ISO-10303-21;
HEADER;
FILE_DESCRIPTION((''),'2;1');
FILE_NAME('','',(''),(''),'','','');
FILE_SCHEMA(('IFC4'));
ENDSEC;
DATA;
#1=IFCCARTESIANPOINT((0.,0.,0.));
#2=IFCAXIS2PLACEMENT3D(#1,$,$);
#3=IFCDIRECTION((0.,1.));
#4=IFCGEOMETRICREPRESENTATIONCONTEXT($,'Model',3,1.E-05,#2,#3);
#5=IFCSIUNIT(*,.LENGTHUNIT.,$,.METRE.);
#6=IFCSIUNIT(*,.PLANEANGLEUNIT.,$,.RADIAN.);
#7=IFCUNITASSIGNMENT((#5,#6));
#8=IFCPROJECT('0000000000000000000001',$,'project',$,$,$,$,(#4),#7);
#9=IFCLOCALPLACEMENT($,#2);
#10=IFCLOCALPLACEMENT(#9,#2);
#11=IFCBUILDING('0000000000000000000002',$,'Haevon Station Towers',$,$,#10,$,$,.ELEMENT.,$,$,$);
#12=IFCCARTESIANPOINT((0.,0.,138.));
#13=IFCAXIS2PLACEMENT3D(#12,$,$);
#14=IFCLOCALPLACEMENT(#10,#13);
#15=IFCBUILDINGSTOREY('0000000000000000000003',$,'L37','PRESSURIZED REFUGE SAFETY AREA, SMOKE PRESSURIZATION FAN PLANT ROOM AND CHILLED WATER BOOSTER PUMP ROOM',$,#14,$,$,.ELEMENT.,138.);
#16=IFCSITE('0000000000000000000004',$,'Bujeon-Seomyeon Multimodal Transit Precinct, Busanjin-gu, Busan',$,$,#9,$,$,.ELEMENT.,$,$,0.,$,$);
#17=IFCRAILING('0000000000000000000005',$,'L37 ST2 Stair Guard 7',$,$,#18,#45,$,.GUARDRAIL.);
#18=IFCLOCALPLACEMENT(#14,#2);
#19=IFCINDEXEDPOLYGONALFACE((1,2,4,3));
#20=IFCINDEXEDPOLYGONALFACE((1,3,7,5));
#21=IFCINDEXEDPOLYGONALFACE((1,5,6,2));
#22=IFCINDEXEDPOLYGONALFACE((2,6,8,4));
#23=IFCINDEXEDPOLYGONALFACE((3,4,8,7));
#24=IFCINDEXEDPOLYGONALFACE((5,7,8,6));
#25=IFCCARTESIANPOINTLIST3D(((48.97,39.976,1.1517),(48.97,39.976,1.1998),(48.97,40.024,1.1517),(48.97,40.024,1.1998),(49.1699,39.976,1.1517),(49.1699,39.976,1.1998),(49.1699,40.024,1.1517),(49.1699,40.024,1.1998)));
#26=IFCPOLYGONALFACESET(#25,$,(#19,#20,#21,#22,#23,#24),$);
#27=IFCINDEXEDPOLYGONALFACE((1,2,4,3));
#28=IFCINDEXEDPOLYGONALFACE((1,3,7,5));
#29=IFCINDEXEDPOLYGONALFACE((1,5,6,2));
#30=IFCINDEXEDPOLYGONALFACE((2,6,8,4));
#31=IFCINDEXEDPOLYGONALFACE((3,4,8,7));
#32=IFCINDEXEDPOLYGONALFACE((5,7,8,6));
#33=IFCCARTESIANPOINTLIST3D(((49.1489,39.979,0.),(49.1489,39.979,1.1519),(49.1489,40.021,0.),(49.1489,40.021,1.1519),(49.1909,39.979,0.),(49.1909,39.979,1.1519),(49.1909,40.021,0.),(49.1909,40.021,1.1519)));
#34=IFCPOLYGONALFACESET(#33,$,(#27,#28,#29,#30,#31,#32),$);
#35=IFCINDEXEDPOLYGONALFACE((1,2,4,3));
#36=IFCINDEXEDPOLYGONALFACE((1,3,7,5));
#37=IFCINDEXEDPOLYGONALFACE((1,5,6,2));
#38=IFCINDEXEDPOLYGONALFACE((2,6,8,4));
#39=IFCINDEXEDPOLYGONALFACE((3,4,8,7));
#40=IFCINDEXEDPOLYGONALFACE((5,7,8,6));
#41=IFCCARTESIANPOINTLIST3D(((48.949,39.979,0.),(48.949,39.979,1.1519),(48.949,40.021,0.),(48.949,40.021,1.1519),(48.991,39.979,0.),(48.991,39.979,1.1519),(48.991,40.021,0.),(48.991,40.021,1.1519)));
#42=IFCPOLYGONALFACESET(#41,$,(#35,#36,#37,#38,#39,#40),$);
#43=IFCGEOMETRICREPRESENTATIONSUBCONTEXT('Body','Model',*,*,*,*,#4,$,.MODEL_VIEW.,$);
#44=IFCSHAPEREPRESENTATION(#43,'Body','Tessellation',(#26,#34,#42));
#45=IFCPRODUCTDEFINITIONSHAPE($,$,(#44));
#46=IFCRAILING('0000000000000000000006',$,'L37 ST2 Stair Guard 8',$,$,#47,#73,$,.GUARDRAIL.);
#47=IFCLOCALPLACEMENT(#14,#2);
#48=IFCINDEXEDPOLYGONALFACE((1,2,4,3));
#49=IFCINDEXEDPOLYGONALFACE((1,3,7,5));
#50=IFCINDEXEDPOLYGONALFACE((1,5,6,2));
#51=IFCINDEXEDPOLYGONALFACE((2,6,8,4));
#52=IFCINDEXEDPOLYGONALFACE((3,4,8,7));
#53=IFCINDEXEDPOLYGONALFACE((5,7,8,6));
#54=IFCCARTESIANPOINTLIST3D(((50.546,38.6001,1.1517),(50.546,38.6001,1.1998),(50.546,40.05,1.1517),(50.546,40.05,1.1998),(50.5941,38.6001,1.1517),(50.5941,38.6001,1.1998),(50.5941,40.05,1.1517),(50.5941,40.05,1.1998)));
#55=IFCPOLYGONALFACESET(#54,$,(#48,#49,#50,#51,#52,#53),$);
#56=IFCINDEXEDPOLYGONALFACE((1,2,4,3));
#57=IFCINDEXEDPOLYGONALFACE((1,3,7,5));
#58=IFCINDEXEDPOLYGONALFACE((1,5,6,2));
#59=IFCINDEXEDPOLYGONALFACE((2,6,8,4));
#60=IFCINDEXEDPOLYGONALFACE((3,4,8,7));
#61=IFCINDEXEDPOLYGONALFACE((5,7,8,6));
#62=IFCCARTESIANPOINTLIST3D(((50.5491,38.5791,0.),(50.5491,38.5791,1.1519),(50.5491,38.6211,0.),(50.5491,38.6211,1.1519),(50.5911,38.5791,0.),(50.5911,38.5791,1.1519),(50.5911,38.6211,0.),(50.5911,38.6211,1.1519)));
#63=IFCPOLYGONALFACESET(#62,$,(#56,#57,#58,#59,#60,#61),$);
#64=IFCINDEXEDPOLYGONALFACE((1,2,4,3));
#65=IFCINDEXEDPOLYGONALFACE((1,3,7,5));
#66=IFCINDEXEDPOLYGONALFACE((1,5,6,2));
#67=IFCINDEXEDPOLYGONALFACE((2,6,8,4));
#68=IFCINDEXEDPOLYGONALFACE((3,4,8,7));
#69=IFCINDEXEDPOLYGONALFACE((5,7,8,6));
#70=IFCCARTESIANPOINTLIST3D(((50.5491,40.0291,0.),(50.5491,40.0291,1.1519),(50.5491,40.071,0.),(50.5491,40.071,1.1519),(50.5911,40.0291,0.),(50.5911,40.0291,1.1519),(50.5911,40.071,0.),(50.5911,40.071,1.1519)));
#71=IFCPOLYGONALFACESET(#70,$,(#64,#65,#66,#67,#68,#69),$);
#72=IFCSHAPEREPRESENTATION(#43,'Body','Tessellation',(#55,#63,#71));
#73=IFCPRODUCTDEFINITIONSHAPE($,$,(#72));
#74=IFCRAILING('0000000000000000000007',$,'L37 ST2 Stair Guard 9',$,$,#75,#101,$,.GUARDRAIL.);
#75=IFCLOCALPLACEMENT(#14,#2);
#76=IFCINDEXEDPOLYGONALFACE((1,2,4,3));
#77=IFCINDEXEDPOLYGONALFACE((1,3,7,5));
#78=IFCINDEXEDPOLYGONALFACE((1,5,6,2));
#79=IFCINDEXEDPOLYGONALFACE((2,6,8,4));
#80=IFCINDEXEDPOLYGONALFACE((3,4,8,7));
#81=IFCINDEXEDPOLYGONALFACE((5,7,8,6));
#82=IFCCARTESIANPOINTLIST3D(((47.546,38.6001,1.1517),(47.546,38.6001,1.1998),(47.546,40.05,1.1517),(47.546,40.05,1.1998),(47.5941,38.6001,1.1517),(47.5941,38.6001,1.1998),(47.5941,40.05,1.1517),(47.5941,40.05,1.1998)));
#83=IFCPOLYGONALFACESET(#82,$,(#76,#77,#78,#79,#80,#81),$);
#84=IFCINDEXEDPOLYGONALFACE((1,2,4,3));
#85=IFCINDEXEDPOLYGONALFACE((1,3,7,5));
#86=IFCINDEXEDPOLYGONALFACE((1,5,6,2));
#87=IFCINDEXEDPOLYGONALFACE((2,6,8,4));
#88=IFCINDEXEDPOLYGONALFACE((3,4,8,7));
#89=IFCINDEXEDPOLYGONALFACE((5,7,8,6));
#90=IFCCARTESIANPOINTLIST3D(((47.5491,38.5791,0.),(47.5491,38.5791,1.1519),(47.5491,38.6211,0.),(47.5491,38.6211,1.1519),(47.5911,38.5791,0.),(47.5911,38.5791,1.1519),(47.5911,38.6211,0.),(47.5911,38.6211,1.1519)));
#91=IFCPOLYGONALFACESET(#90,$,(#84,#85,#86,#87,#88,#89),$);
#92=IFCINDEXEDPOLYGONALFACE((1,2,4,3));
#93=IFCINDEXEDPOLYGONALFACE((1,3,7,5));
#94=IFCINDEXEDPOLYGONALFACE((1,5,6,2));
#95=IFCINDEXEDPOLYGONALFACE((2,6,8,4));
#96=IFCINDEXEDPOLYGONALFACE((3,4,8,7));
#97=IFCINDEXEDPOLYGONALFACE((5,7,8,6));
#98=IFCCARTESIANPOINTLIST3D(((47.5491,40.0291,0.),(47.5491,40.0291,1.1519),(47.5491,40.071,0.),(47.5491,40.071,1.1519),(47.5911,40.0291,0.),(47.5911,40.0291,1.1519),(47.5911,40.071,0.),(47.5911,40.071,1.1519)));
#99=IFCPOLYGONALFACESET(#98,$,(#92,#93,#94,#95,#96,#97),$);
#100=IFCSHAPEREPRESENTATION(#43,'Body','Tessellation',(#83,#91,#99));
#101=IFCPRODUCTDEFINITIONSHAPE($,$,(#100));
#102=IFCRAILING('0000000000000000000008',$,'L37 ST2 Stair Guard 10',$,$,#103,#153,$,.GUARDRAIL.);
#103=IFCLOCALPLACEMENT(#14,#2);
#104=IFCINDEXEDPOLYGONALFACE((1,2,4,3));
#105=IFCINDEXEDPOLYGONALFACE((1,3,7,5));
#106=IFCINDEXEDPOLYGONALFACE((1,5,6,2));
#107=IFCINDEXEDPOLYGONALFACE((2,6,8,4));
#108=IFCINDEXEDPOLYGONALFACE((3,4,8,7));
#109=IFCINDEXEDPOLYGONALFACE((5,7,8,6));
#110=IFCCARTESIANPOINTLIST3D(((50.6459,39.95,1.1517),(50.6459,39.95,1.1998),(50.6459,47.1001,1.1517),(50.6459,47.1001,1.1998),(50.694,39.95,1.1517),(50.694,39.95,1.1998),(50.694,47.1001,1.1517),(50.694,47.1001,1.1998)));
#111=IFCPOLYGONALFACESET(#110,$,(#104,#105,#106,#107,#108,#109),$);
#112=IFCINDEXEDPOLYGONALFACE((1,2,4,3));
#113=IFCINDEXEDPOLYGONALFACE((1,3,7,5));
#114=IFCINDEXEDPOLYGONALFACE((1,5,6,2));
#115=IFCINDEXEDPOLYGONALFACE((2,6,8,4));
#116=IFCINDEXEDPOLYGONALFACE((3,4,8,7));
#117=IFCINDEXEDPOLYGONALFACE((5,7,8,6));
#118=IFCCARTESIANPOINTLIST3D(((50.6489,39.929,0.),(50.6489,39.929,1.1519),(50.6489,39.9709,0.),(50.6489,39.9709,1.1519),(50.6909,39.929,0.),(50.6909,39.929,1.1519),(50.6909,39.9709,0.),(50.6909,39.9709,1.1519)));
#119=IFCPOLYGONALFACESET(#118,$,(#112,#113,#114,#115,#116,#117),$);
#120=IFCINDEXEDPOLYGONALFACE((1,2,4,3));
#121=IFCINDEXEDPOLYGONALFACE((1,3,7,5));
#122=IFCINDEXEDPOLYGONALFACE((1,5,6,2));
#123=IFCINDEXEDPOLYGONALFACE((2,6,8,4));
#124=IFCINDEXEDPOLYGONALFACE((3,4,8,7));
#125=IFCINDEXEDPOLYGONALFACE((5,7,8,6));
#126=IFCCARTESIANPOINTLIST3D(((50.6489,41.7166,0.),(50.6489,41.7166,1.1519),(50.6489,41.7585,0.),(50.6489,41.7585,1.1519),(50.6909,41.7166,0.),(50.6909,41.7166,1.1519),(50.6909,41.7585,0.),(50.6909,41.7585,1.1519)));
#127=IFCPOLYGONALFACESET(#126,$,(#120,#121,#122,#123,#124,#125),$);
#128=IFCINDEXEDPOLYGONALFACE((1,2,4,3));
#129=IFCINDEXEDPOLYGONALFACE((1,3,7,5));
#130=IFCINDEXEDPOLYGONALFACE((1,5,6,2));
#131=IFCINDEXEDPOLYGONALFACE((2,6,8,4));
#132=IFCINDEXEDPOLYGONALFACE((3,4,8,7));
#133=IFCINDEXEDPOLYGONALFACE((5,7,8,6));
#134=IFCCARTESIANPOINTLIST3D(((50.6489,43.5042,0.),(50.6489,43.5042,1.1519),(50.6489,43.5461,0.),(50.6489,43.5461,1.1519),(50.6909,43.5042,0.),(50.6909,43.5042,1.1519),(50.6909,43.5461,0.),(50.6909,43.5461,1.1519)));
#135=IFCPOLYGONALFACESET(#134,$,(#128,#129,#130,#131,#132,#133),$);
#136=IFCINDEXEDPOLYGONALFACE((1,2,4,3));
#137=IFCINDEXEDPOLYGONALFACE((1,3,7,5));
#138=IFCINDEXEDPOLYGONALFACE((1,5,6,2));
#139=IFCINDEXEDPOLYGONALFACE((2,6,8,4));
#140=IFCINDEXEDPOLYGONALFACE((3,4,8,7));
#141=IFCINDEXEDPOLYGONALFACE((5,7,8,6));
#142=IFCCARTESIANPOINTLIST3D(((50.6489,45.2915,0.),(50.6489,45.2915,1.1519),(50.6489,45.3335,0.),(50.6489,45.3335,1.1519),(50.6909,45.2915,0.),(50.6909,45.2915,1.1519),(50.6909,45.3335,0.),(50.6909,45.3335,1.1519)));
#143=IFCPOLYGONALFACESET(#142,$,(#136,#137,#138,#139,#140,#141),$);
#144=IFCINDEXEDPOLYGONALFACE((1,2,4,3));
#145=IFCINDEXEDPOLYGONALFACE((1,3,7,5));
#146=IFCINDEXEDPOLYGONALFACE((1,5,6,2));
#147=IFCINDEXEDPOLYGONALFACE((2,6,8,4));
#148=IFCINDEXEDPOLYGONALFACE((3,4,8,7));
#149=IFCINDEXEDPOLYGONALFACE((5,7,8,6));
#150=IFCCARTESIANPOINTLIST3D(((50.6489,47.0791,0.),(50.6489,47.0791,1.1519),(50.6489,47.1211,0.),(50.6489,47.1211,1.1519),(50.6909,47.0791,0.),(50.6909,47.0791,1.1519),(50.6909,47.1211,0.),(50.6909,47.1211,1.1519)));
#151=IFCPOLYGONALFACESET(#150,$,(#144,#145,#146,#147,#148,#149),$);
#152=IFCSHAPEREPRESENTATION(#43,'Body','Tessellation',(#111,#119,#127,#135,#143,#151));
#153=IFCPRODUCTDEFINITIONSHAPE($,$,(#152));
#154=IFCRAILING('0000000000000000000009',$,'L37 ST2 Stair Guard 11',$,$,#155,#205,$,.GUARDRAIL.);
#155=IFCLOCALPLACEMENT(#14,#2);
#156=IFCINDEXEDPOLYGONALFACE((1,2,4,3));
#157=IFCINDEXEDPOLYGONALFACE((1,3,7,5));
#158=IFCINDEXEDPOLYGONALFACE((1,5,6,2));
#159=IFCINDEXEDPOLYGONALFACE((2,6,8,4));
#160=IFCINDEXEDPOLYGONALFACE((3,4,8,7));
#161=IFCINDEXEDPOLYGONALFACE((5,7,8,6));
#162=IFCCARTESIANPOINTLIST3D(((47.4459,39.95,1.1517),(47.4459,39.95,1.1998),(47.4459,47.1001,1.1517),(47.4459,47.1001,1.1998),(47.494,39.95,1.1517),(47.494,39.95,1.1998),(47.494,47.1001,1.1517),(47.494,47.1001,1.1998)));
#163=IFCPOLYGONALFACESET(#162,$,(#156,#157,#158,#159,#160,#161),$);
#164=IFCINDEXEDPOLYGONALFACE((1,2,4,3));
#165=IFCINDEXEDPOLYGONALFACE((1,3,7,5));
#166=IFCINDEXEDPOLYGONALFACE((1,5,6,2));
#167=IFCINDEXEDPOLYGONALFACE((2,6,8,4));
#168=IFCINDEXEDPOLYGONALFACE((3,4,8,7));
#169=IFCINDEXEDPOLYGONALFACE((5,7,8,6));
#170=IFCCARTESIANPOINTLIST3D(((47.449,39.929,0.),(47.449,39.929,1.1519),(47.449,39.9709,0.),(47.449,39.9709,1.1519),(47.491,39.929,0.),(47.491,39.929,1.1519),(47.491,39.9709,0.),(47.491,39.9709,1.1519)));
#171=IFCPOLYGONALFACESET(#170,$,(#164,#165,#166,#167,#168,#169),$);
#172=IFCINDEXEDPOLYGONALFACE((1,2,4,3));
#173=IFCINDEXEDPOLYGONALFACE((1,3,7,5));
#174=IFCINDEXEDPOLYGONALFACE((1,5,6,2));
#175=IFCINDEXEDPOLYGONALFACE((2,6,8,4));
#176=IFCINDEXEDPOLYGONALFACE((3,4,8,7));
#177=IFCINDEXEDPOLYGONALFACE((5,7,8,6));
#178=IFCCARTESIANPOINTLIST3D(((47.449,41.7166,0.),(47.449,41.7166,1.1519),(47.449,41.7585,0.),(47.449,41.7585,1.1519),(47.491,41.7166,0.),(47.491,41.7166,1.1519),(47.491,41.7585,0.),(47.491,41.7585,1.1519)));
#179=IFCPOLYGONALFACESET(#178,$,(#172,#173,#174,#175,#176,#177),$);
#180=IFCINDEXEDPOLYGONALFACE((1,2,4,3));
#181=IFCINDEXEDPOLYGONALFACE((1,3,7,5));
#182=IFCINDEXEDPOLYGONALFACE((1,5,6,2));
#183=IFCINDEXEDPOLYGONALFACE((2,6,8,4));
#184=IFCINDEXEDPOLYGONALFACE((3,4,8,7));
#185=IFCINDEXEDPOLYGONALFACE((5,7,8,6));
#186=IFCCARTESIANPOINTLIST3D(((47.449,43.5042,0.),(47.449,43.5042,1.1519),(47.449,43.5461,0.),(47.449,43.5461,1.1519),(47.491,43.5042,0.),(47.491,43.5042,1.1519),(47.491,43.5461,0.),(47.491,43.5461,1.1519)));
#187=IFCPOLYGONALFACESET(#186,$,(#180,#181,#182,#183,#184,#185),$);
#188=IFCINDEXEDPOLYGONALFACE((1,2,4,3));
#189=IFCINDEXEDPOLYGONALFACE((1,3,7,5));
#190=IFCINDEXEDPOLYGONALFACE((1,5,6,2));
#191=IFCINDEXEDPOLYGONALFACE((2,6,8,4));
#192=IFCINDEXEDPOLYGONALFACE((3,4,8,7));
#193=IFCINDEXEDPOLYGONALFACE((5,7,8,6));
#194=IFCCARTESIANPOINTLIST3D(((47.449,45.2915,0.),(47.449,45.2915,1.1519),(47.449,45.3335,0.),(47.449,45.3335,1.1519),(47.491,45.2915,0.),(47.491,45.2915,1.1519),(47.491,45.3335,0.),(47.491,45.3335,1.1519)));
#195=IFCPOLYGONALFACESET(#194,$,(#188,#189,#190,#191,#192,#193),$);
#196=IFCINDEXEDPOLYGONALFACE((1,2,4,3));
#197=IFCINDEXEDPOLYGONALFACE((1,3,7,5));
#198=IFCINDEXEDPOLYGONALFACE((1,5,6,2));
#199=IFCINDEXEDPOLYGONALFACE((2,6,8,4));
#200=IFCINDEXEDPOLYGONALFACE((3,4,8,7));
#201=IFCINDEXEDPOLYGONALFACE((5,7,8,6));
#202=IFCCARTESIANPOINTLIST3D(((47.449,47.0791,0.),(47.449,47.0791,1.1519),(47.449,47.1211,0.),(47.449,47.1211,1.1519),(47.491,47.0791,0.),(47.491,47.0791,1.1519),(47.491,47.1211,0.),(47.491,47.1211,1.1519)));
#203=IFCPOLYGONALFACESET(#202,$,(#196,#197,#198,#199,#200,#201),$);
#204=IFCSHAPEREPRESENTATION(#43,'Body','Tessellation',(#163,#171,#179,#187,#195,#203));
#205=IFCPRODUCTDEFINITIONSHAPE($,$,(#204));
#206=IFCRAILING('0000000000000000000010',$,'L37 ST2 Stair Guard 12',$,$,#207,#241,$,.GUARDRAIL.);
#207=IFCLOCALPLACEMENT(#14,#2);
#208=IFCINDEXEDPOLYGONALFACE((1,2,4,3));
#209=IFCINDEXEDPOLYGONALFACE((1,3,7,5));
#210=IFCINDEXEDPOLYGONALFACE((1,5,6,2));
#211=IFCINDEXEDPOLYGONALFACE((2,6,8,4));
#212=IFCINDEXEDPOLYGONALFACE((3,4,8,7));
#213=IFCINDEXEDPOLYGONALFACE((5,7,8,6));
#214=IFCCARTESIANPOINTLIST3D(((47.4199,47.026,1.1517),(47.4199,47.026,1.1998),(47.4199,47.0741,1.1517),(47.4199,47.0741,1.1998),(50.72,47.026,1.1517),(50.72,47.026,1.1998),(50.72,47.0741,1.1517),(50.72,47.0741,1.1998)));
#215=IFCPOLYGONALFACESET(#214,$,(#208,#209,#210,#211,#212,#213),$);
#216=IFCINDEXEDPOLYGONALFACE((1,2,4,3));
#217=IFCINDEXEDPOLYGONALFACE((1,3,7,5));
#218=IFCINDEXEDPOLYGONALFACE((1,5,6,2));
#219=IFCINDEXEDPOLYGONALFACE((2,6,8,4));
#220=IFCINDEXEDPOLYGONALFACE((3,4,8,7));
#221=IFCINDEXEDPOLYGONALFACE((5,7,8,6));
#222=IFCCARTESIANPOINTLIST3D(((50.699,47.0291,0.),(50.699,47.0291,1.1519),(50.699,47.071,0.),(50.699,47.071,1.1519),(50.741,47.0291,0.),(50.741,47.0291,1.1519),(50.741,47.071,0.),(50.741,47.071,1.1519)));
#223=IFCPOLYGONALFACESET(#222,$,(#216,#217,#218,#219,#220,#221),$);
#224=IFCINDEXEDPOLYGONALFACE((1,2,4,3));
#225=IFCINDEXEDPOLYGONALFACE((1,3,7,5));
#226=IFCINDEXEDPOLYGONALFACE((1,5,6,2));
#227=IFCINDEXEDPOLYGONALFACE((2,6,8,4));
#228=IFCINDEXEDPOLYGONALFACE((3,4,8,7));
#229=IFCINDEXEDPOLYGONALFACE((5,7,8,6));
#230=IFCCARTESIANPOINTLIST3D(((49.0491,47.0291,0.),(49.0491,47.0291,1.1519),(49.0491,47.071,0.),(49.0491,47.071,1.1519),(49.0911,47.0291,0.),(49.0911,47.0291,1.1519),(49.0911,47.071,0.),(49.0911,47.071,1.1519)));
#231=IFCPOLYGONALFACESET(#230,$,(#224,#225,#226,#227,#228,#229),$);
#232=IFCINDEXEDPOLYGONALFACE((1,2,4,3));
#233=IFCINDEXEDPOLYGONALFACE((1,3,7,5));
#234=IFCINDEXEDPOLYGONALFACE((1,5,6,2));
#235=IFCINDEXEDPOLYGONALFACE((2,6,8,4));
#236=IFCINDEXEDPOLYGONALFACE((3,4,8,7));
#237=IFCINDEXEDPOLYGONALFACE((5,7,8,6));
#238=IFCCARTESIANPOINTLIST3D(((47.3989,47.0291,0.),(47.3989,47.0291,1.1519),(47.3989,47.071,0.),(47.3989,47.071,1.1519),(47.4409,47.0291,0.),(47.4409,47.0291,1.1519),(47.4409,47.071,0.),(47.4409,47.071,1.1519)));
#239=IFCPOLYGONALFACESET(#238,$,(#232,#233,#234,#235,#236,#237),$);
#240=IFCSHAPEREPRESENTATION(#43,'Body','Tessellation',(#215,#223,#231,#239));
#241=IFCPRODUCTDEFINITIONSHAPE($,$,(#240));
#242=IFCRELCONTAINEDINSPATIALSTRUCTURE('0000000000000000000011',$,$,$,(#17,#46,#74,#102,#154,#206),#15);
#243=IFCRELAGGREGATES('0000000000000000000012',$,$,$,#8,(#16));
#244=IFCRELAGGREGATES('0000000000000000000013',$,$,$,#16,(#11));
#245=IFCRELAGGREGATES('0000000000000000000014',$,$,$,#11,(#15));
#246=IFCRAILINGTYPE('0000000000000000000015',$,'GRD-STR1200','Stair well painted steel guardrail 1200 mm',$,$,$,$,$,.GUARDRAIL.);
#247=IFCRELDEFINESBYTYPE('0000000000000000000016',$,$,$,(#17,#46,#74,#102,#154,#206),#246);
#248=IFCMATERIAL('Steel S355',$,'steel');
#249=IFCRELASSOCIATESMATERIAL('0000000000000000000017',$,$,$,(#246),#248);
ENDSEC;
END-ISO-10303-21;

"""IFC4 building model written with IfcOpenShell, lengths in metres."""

from ifc_helpers import new_model, si_unit, direction, frame, origin, origin_2d, place, context, subcontext, project, spatial, rectangle, extrude, material, type_object, element, save


model = new_model("IFC4")

# Units and contexts
model_context = context("Model", 3, precision=1e-05, world=origin(), true_north=direction((0.0, 1.0)))
body_context = subcontext(model_context, "Body", "Model", "MODEL_VIEW")
ifc_project = project(units=[si_unit("LENGTHUNIT", "METRE"), si_unit("PLANEANGLEUNIT", "RADIAN")], contexts=[model_context])

# Site, building, storey
site_placement = place(None, origin())
site = spatial("IfcSite", under=ifc_project, at=site_placement, Name="Bujeon-Seomyeon Multimodal Transit Precinct, Busanjin-gu, Busan", CompositionType="ELEMENT", RefElevation=0.0)
building_placement = place(site_placement, origin())
building = spatial("IfcBuilding", under=site, at=building_placement, Name="Haevon Station Towers", CompositionType="ELEMENT")
storey_placement = place(building_placement, frame((0.0, 0.0, 138.0)))
storey = spatial("IfcBuildingStorey", under=building, at=storey_placement, Name="L37", Description="PRESSURIZED REFUGE SAFETY AREA, SMOKE PRESSURIZATION FAN PLANT ROOM AND CHILLED WATER BOOSTER PUMP ROOM", CompositionType="ELEMENT", Elevation=138.0)

# Shared definitions
ifc_material_1 = material(Name="Steel S355", Category="steel")

# Railings
railing_type_1 = type_object("IfcRailingType", Name="GRD-STR1200", Description="Stair well painted steel guardrail 1200 mm", PredefinedType="GUARDRAIL", material=ifc_material_1)
railing_1_placement = place(storey_placement, frame((49.1699, 40.0, 0.0)))
element("IfcRailing", 1, at=railing_1_placement, inside=storey, type_object=railing_type_1, Name="L37 ST2 Stair Guard 7", PredefinedType="GUARDRAIL", context=body_context, shape_type="SweptSolid", body=[
    extrude(rectangle(XDim=0.0481, YDim=0.0481, at=origin_2d()), frame((0.0, 0.0, 1.1758), z_axis=(-1.0, 0.0, 0.0), x_axis=(0.0, -1.0, 0.0)), (0.0, 0.0, 1.0), 0.2),
    extrude(rectangle(XDim=0.042, YDim=0.042, at=origin_2d()), origin(), (0.0, 0.0, 1.0), 1.1519),
    extrude(rectangle(XDim=0.042, YDim=0.042, at=origin_2d()), frame((-0.2, 0.0, 0.0)), (0.0, 0.0, 1.0), 1.1519),
])
for number, where, name in (
    (2, (50.5701, 38.6001, 0.0), "L37 ST2 Stair Guard 8"),
    (3, (47.5701, 38.6001, 0.0), "L37 ST2 Stair Guard 9"),
):
    element("IfcRailing", number, at=place(storey_placement, frame(where)), inside=storey, type_object=railing_type_1, Name=name, PredefinedType="GUARDRAIL", context=body_context, shape_type="SweptSolid", body=[
        extrude(rectangle(XDim=0.0481, YDim=0.0481, at=origin_2d()), frame((0.0, 0.0, 1.1758), z_axis=(0.0, 1.0, 0.0), x_axis=(-1.0, 0.0, 0.0)), (0.0, 0.0, 1.0), 1.45),
        extrude(rectangle(XDim=0.042, YDim=0.042, at=origin_2d()), origin(), (0.0, 0.0, 1.0), 1.1519),
        extrude(rectangle(XDim=0.042, YDim=0.042, at=origin_2d()), frame((0.0, 1.45, 0.0)), (0.0, 0.0, 1.0), 1.1519),
    ])
for number, where, name in (
    (4, (50.6699, 39.95, 0.0), "L37 ST2 Stair Guard 10"),
    (5, (47.47, 39.95, 0.0), "L37 ST2 Stair Guard 11"),
):
    element("IfcRailing", number, at=place(storey_placement, frame(where)), inside=storey, type_object=railing_type_1, Name=name, PredefinedType="GUARDRAIL", context=body_context, shape_type="SweptSolid", body=[
        extrude(rectangle(XDim=0.0481, YDim=0.0481, at=origin_2d()), frame((0.0, 0.0, 1.1758), z_axis=(0.0, 1.0, 0.0), x_axis=(-1.0, 0.0, 0.0)), (0.0, 0.0, 1.0), 7.1501),
        extrude(rectangle(XDim=0.042, YDim=0.042, at=origin_2d()), origin(), (0.0, 0.0, 1.0), 1.1519),
        extrude(rectangle(XDim=0.042, YDim=0.042, at=origin_2d()), frame((0.0, 1.7876, 0.0)), (0.0, 0.0, 1.0), 1.1519),
        extrude(rectangle(XDim=0.042, YDim=0.042, at=origin_2d()), frame((0.0, 3.5752, 0.0)), (0.0, 0.0, 1.0), 1.1519),
        extrude(rectangle(XDim=0.042, YDim=0.042, at=origin_2d()), frame((0.0, 5.3625, 0.0)), (0.0, 0.0, 1.0), 1.1519),
        extrude(rectangle(XDim=0.042, YDim=0.042, at=origin_2d()), frame((0.0, 7.1501, 0.0)), (0.0, 0.0, 1.0), 1.1519),
    ])
railing_2_placement = place(storey_placement, frame((50.72, 47.05, 0.0)))
element("IfcRailing", 6, at=railing_2_placement, inside=storey, type_object=railing_type_1, Name="L37 ST2 Stair Guard 12", PredefinedType="GUARDRAIL", context=body_context, shape_type="SweptSolid", body=[
    extrude(rectangle(XDim=0.0481, YDim=0.0481, at=origin_2d()), frame((0.0, 0.0, 1.1758), z_axis=(-1.0, 0.0, 0.0), x_axis=(0.0, -1.0, 0.0)), (0.0, 0.0, 1.0), 3.3),
    extrude(rectangle(XDim=0.042, YDim=0.042, at=origin_2d()), origin(), (0.0, 0.0, 1.0), 1.1519),
    extrude(rectangle(XDim=0.042, YDim=0.042, at=origin_2d()), frame((-1.6499, 0.0, 0.0)), (0.0, 0.0, 1.0), 1.1519),
    extrude(rectangle(XDim=0.042, YDim=0.042, at=origin_2d()), frame((-3.3, 0.0, 0.0)), (0.0, 0.0, 1.0), 1.1519),
])

save(model, "model.ifc")
